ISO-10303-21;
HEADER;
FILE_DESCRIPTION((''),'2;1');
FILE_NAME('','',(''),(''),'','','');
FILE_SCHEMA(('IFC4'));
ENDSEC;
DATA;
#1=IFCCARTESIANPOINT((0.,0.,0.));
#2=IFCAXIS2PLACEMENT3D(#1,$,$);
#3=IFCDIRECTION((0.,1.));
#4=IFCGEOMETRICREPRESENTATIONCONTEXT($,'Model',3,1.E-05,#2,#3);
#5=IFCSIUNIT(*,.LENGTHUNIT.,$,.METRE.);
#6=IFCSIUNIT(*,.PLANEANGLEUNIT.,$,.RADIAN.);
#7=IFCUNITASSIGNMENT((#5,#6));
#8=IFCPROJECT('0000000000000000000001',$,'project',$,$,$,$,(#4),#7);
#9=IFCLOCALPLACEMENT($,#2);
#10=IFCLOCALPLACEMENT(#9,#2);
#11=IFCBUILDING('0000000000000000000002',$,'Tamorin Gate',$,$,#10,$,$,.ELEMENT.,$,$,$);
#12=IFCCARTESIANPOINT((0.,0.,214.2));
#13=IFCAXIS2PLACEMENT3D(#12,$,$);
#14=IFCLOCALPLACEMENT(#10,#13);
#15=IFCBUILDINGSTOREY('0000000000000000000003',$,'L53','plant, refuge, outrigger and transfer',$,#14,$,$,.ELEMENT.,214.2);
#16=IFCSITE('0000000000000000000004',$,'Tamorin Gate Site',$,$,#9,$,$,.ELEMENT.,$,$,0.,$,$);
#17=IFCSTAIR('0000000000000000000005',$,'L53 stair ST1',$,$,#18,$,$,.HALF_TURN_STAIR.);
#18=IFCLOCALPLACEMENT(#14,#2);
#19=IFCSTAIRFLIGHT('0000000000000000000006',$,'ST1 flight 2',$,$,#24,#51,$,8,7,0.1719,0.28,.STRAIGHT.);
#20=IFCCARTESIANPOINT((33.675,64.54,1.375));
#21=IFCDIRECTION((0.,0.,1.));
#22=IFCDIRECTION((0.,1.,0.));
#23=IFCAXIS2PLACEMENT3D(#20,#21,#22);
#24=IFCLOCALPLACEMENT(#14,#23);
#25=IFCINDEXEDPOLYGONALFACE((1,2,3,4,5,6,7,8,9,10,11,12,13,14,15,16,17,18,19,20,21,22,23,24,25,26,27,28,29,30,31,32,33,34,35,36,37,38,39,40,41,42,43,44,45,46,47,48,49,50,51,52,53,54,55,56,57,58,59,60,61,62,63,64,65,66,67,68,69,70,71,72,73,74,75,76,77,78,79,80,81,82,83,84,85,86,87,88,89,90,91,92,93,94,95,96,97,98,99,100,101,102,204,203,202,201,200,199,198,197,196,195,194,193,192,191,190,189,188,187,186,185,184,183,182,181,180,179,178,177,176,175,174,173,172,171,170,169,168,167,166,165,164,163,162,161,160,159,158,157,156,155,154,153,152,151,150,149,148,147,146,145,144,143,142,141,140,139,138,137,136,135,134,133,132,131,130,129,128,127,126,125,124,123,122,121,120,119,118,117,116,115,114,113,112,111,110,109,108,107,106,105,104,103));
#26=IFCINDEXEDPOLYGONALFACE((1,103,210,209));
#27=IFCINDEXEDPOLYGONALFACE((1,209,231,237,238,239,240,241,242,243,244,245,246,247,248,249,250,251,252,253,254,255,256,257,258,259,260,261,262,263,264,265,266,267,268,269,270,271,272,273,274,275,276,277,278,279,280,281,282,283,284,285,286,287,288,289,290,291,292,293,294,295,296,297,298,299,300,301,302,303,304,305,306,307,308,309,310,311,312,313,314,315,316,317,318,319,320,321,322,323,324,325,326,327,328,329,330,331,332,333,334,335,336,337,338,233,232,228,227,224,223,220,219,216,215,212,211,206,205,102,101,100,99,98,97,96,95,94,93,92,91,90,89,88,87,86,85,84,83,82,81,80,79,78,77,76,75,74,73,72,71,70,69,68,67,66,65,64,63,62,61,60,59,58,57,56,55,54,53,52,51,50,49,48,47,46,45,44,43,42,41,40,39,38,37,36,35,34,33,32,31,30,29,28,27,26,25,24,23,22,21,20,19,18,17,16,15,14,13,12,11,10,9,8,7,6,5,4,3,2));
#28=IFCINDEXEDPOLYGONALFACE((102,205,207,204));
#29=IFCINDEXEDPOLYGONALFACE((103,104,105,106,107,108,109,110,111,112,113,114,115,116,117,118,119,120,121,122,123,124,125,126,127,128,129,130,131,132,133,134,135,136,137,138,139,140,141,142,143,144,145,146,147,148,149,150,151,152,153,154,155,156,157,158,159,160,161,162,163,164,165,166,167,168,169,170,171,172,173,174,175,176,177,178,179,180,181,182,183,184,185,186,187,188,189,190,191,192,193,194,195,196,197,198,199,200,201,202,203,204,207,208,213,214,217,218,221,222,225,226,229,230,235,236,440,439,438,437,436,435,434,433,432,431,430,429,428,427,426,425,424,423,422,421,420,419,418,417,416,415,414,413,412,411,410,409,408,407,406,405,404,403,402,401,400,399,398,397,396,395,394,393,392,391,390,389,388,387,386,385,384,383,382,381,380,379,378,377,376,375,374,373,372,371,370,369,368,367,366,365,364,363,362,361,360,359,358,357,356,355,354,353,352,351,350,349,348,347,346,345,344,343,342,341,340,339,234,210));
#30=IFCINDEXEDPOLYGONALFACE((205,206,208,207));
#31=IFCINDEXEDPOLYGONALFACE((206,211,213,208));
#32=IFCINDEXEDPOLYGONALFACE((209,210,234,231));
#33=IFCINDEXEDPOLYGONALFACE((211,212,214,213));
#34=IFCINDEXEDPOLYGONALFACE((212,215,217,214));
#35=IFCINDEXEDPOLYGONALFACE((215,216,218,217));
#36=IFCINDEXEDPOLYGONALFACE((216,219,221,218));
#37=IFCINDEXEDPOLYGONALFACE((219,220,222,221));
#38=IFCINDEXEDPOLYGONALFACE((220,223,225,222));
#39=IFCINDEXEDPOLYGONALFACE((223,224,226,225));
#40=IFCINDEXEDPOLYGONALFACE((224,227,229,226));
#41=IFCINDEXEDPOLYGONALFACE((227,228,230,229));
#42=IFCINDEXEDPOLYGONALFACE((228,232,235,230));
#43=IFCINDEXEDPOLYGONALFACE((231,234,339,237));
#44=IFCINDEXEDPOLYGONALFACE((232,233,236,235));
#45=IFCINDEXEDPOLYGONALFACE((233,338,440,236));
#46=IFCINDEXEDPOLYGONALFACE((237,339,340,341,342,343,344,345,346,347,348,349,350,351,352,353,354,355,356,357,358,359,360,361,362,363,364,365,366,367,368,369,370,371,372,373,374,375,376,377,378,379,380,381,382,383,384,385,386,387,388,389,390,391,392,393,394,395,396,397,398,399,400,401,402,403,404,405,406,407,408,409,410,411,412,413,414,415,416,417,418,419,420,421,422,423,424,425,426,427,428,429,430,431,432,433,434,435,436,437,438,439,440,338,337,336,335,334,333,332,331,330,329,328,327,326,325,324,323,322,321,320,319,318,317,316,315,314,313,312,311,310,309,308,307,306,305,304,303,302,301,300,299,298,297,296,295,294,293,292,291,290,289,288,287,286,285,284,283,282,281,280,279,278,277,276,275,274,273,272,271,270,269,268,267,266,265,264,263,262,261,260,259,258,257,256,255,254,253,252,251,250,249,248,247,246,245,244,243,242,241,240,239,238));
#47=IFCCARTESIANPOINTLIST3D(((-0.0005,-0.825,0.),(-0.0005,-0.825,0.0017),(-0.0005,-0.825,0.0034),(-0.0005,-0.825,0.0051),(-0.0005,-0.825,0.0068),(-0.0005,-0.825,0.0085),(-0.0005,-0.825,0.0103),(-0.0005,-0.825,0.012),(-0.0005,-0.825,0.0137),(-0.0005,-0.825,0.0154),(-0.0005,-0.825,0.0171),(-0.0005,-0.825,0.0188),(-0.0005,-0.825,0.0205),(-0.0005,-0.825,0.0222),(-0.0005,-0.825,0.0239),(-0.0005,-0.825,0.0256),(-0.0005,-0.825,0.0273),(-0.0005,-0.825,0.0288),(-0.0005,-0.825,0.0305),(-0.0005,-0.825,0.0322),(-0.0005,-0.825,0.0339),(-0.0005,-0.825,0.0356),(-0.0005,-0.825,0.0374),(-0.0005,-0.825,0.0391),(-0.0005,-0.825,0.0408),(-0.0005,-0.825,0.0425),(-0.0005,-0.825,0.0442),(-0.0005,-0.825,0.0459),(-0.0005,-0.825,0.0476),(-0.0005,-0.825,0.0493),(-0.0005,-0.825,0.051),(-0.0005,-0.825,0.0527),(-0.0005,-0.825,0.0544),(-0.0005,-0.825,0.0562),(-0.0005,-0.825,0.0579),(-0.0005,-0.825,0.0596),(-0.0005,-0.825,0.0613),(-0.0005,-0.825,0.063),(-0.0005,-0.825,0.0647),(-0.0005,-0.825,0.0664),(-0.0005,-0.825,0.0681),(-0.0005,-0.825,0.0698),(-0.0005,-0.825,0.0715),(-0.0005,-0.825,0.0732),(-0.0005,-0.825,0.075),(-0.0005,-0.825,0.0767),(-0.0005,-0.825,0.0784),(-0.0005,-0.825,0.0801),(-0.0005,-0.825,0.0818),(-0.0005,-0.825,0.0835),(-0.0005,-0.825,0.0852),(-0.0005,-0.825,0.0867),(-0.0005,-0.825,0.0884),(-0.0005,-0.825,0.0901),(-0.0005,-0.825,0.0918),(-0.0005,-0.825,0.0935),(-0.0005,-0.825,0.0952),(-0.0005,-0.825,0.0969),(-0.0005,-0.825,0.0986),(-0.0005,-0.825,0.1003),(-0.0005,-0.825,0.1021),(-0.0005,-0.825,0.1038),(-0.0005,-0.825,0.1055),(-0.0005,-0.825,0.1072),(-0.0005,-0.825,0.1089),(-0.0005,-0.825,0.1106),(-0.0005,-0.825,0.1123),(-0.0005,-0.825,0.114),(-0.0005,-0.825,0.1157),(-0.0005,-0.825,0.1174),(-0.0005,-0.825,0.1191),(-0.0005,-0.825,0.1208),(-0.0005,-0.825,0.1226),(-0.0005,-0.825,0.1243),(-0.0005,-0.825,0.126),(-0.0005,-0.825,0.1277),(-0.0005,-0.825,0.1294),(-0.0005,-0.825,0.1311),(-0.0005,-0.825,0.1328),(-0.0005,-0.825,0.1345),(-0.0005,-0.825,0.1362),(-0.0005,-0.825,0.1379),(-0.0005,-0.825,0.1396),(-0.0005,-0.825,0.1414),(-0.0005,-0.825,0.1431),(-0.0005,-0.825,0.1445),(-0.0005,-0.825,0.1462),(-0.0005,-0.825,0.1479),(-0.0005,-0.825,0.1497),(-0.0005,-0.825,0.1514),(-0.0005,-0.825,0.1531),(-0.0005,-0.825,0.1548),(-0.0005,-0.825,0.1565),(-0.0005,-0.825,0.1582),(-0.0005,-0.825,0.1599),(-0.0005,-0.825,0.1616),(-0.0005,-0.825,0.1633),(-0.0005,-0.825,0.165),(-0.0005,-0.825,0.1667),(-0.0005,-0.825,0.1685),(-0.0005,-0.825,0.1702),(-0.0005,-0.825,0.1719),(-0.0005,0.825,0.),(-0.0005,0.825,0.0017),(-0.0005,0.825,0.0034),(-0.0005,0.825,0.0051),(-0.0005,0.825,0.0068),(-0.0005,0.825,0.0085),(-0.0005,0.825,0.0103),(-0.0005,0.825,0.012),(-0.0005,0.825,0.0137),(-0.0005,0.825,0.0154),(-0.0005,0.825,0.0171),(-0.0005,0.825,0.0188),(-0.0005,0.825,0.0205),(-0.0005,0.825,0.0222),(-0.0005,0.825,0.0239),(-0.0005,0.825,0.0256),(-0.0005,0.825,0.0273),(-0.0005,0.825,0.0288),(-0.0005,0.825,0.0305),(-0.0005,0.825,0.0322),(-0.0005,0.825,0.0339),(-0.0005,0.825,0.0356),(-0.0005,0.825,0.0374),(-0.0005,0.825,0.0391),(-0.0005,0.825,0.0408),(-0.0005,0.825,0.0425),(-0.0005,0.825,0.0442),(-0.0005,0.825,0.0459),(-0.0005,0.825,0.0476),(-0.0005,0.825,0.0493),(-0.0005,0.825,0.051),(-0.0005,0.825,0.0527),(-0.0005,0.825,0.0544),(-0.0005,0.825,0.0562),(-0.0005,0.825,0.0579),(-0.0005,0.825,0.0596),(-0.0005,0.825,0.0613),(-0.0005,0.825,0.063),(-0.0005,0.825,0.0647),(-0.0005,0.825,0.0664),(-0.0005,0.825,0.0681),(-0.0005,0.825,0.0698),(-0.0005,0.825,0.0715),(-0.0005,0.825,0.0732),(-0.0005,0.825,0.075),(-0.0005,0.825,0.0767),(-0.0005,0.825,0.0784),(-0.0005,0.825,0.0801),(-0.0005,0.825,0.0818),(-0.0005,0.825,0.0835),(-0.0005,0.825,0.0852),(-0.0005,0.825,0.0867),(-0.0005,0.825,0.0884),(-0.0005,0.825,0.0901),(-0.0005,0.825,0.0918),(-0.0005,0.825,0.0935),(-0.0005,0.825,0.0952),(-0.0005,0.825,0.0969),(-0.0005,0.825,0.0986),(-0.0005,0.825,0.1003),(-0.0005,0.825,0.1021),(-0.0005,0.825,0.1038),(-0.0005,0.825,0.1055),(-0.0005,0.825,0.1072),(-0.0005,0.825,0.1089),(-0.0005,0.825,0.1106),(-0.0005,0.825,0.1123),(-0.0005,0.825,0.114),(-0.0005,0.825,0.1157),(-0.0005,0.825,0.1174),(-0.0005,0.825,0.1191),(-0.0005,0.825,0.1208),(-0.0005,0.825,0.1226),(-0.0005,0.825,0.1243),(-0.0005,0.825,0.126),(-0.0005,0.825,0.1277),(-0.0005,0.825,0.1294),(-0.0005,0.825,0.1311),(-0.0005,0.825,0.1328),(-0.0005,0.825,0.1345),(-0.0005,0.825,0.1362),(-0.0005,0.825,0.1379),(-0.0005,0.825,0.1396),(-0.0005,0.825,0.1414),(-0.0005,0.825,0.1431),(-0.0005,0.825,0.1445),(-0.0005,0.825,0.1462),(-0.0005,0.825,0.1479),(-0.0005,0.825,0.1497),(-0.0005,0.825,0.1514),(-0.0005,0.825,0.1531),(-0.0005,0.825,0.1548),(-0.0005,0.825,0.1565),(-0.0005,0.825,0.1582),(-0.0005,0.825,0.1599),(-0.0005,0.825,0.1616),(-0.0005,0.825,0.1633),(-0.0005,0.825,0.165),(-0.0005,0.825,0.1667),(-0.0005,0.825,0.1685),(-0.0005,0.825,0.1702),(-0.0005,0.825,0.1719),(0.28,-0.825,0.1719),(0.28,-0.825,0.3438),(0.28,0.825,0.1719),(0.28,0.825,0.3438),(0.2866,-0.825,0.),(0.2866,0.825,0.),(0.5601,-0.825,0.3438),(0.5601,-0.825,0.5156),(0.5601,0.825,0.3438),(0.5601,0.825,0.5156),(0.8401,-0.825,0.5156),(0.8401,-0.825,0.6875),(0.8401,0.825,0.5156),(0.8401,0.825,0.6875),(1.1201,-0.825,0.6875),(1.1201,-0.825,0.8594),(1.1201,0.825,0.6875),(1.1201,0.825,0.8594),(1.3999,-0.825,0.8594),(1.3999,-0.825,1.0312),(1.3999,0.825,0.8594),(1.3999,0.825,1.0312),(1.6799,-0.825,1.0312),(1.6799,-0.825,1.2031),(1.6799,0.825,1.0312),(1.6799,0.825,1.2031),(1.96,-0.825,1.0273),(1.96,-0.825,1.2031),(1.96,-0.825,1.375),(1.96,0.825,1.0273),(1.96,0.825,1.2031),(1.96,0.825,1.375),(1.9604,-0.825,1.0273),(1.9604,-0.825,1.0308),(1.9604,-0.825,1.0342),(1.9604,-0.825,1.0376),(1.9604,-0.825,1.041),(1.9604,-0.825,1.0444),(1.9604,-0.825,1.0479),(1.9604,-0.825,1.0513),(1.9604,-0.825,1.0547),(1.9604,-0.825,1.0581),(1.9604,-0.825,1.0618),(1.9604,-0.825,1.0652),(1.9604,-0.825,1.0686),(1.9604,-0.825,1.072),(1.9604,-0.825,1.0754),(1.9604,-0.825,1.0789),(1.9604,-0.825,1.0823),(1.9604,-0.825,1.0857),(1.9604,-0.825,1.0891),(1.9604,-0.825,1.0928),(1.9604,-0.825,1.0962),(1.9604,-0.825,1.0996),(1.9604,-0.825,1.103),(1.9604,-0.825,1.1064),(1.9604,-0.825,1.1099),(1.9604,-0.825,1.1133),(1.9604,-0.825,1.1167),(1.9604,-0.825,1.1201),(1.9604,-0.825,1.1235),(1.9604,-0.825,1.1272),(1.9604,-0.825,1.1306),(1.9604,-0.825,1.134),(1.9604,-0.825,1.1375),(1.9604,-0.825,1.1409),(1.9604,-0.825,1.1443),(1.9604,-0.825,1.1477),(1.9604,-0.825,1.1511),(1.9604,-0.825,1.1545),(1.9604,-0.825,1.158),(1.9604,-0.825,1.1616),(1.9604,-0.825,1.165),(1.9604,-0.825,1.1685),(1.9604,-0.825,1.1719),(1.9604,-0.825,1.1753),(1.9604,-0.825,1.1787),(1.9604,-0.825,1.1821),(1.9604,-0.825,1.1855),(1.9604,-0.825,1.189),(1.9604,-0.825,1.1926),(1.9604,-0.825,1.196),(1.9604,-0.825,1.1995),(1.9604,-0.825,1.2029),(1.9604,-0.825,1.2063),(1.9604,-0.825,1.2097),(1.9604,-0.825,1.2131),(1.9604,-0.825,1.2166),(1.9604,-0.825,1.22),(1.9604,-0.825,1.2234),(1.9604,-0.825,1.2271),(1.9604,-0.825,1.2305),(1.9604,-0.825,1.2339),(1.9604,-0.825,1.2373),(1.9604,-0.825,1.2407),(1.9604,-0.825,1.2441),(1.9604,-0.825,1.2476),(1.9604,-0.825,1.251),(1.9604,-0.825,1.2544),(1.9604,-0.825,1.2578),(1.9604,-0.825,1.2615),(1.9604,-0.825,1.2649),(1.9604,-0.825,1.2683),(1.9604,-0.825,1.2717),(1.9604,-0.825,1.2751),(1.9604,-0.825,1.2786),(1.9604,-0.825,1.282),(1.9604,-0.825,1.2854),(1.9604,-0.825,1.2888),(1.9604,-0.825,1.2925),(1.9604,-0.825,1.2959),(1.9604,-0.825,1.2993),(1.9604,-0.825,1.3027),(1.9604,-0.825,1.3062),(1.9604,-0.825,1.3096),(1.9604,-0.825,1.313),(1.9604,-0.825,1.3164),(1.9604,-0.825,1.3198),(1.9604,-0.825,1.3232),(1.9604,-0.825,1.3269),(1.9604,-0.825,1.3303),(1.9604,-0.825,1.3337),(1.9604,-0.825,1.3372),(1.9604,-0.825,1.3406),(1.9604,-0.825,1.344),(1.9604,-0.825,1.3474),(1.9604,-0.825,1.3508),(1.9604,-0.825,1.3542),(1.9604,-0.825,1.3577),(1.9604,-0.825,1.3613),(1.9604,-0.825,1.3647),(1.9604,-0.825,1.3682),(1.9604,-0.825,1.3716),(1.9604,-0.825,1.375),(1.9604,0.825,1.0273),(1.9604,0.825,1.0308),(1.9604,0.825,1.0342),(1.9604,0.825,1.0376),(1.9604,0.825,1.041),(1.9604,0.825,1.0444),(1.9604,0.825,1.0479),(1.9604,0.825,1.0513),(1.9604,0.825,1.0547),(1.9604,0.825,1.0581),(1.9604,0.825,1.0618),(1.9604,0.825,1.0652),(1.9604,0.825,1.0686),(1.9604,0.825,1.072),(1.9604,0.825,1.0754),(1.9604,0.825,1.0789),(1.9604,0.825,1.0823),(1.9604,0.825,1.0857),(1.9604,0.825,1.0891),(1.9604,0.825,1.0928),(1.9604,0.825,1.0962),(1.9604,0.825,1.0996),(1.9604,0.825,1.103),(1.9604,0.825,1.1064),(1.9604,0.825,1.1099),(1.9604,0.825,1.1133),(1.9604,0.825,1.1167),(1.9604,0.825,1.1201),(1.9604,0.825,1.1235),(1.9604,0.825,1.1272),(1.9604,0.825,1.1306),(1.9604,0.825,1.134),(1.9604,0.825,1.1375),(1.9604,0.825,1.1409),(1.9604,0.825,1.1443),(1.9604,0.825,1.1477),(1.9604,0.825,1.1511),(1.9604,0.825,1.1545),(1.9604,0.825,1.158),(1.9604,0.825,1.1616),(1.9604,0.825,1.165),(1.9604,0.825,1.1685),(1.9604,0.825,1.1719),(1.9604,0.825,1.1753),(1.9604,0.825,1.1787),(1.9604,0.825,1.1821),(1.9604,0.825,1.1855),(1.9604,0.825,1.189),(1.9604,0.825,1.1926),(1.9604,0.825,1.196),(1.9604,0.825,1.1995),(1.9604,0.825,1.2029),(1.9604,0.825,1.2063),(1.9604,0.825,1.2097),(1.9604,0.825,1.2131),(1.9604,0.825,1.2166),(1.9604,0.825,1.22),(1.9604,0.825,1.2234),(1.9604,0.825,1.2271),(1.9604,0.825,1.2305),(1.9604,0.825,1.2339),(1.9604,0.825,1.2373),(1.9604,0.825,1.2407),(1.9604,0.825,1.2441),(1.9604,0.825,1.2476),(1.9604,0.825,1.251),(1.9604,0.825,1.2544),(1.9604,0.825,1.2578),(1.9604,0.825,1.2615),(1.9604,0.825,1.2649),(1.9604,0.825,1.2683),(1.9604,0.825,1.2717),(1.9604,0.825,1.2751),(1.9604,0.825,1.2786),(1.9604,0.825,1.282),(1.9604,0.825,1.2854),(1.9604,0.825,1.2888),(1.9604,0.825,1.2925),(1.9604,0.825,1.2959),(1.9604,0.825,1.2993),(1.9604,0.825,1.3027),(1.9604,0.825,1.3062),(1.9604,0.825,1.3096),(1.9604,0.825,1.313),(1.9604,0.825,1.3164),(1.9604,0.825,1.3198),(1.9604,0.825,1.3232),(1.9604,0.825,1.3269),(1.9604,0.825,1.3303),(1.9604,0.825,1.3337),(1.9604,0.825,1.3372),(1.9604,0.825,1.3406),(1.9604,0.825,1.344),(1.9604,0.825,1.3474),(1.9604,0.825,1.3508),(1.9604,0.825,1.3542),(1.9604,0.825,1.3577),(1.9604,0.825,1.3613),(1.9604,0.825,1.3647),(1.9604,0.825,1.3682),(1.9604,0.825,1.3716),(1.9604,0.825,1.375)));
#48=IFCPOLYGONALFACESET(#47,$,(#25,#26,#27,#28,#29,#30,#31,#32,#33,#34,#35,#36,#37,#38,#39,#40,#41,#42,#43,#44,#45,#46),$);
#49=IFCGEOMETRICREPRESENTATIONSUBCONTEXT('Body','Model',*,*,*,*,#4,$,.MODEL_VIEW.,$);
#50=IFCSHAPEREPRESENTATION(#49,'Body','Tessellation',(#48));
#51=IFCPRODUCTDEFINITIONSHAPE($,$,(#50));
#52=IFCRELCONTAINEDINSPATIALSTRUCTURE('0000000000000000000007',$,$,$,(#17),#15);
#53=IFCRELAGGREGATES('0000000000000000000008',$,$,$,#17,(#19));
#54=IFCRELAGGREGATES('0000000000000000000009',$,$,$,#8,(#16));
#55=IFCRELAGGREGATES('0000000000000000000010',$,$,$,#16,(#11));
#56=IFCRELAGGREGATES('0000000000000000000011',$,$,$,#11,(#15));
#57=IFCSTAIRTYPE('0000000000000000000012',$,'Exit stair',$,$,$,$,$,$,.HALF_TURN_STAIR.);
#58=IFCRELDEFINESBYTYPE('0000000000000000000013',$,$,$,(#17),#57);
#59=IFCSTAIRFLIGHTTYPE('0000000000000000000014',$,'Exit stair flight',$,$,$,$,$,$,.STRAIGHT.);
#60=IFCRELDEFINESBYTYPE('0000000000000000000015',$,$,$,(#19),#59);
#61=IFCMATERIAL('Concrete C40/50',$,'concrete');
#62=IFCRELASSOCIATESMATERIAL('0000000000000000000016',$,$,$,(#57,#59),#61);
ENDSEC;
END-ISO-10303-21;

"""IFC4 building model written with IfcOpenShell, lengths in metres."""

from ifc_helpers import new_model, si_unit, direction, frame, origin, place, context, subcontext, project, spatial, polyline, outline, extrude, material, type_object, element, aggregate, save


model = new_model("IFC4")

# Units and contexts
model_context = context("Model", 3, precision=1e-05, world=origin(), true_north=direction((0.0, 1.0)))
body_context = subcontext(model_context, "Body", "Model", "MODEL_VIEW")
ifc_project = project(units=[si_unit("LENGTHUNIT", "METRE"), si_unit("PLANEANGLEUNIT", "RADIAN")], contexts=[model_context])

# Site, building, storey
site_placement = place(None, origin())
site = spatial("IfcSite", under=ifc_project, at=site_placement, Name="Tamorin Gate Site", CompositionType="ELEMENT", RefElevation=0.0)
building_placement = place(site_placement, origin())
building = spatial("IfcBuilding", under=site, at=building_placement, Name="Tamorin Gate", CompositionType="ELEMENT")
storey_placement = place(building_placement, frame((0.0, 0.0, 214.2)))
storey = spatial("IfcBuildingStorey", under=building, at=storey_placement, Name="L53", Description="plant, refuge, outrigger and transfer", CompositionType="ELEMENT", Elevation=214.2)

# Stair, stair flight
ifc_material_1 = material(Name="Concrete C40/50", Category="concrete")
stair_type = type_object("IfcStairType", Name="Exit stair", PredefinedType="HALF_TURN_STAIR", material=ifc_material_1)
stair_placement = place(storey_placement, origin())
stair = element("IfcStair", 1, at=stair_placement, inside=storey, type_object=stair_type, Name="L53 stair ST1", PredefinedType="HALF_TURN_STAIR")
stair_flight_type = type_object("IfcStairFlightType", Name="Exit stair flight", PredefinedType="STRAIGHT", material=ifc_material_1)
stair_flight_1_placement = place(storey_placement, frame((33.675, 64.54, 1.375), z_axis=(0.0, 0.0, 1.0), x_axis=(0.0, 1.0, 0.0)))
stair_flight_1 = element("IfcStairFlight", 2, at=stair_flight_1_placement, type_object=stair_flight_type, Name="ST1 flight 2", NumberOfRisers=8, NumberOfTreads=7, PredefinedType="STRAIGHT", RiserHeight=0.1719, TreadLength=0.28, context=body_context, shape_type="SweptSolid", body=[
    extrude(outline(polyline([(-0.0005, 0.0), (-0.0005, 0.0017), (-0.0005, 0.0034), (-0.0005, 0.0051), (-0.0005, 0.0068), (-0.0005, 0.0085), (-0.0005, 0.0103), (-0.0005, 0.012), (-0.0005, 0.0137), (-0.0005, 0.0154), (-0.0005, 0.0171), (-0.0005, 0.0188), (-0.0005, 0.0205), (-0.0005, 0.0222), (-0.0005, 0.0239), (-0.0005, 0.0256), (-0.0005, 0.0273), (-0.0005, 0.0288), (-0.0005, 0.0305), (-0.0005, 0.0322), (-0.0005, 0.0339), (-0.0005, 0.0356), (-0.0005, 0.0374), (-0.0005, 0.0391), (-0.0005, 0.0408), (-0.0005, 0.0425), (-0.0005, 0.0442), (-0.0005, 0.0459), (-0.0005, 0.0476), (-0.0005, 0.0493), (-0.0005, 0.051), (-0.0005, 0.0527), (-0.0005, 0.0544), (-0.0005, 0.0562), (-0.0005, 0.0579), (-0.0005, 0.0596), (-0.0005, 0.0613), (-0.0005, 0.063), (-0.0005, 0.0647), (-0.0005, 0.0664), (-0.0005, 0.0681), (-0.0005, 0.0698), (-0.0005, 0.0715), (-0.0005, 0.0732), (-0.0005, 0.075), (-0.0005, 0.0767), (-0.0005, 0.0784), (-0.0005, 0.0801), (-0.0005, 0.0818), (-0.0005, 0.0835), (-0.0005, 0.0852), (-0.0005, 0.0867), (-0.0005, 0.0884), (-0.0005, 0.0901), (-0.0005, 0.0918), (-0.0005, 0.0935), (-0.0005, 0.0952), (-0.0005, 0.0969), (-0.0005, 0.0986), (-0.0005, 0.1003), (-0.0005, 0.1021), (-0.0005, 0.1038), (-0.0005, 0.1055), (-0.0005, 0.1072), (-0.0005, 0.1089), (-0.0005, 0.1106), (-0.0005, 0.1123), (-0.0005, 0.114), (-0.0005, 0.1157), (-0.0005, 0.1174), (-0.0005, 0.1191), (-0.0005, 0.1208), (-0.0005, 0.1226), (-0.0005, 0.1243), (-0.0005, 0.126), (-0.0005, 0.1277), (-0.0005, 0.1294), (-0.0005, 0.1311), (-0.0005, 0.1328), (-0.0005, 0.1345), (-0.0005, 0.1362), (-0.0005, 0.1379), (-0.0005, 0.1396), (-0.0005, 0.1414), (-0.0005, 0.1431), (-0.0005, 0.1445), (-0.0005, 0.1462), (-0.0005, 0.1479), (-0.0005, 0.1497), (-0.0005, 0.1514), (-0.0005, 0.1531), (-0.0005, 0.1548), (-0.0005, 0.1565), (-0.0005, 0.1582), (-0.0005, 0.1599), (-0.0005, 0.1616), (-0.0005, 0.1633), (-0.0005, 0.165), (-0.0005, 0.1667), (-0.0005, 0.1685), (-0.0005, 0.1702), (-0.0005, 0.1719), (0.28, 0.1719), (0.28, 0.3438), (0.5601, 0.3438), (0.5601, 0.5156), (0.8401, 0.5156), (0.8401, 0.6875), (1.1201, 0.6875), (1.1201, 0.8594), (1.3999, 0.8594), (1.3999, 1.0312), (1.6799, 1.0312), (1.6799, 1.2031), (1.96, 1.2031), (1.96, 1.375), (1.9604, 1.375), (1.9604, 1.3716), (1.9604, 1.3682), (1.9604, 1.3647), (1.9604, 1.3613), (1.9604, 1.3577), (1.9604, 1.3542), (1.9604, 1.3508), (1.9604, 1.3474), (1.9604, 1.344), (1.9604, 1.3406), (1.9604, 1.3372), (1.9604, 1.3337), (1.9604, 1.3303), (1.9604, 1.3269), (1.9604, 1.3232), (1.9604, 1.3198), (1.9604, 1.3164), (1.9604, 1.313), (1.9604, 1.3096), (1.9604, 1.3062), (1.9604, 1.3027), (1.9604, 1.2993), (1.9604, 1.2959), (1.9604, 1.2925), (1.9604, 1.2888), (1.9604, 1.2854), (1.9604, 1.282), (1.9604, 1.2786), (1.9604, 1.2751), (1.9604, 1.2717), (1.9604, 1.2683), (1.9604, 1.2649), (1.9604, 1.2615), (1.9604, 1.2578), (1.9604, 1.2544), (1.9604, 1.251), (1.9604, 1.2476), (1.9604, 1.2441), (1.9604, 1.2407), (1.9604, 1.2373), (1.9604, 1.2339), (1.9604, 1.2305), (1.9604, 1.2271), (1.9604, 1.2234), (1.9604, 1.22), (1.9604, 1.2166), (1.9604, 1.2131), (1.9604, 1.2097), (1.9604, 1.2063), (1.9604, 1.2029), (1.9604, 1.1995), (1.9604, 1.196), (1.9604, 1.1926), (1.9604, 1.189), (1.9604, 1.1855), (1.9604, 1.1821), (1.9604, 1.1787), (1.9604, 1.1753), (1.9604, 1.1719), (1.9604, 1.1685), (1.9604, 1.165), (1.9604, 1.1616), (1.9604, 1.158), (1.9604, 1.1545), (1.9604, 1.1511), (1.9604, 1.1477), (1.9604, 1.1443), (1.9604, 1.1409), (1.9604, 1.1375), (1.9604, 1.134), (1.9604, 1.1306), (1.9604, 1.1272), (1.9604, 1.1235), (1.9604, 1.1201), (1.9604, 1.1167), (1.9604, 1.1133), (1.9604, 1.1099), (1.9604, 1.1064), (1.9604, 1.103), (1.9604, 1.0996), (1.9604, 1.0962), (1.9604, 1.0928), (1.9604, 1.0891), (1.9604, 1.0857), (1.9604, 1.0823), (1.9604, 1.0789), (1.9604, 1.0754), (1.9604, 1.072), (1.9604, 1.0686), (1.9604, 1.0652), (1.9604, 1.0618), (1.9604, 1.0581), (1.9604, 1.0547), (1.9604, 1.0513), (1.9604, 1.0479), (1.9604, 1.0444), (1.9604, 1.041), (1.9604, 1.0376), (1.9604, 1.0342), (1.9604, 1.0308), (1.9604, 1.0273), (1.96, 1.0273), (0.2866, 0.0), (-0.0005, 0.0)])), frame((0.0, 0.825, 0.0), z_axis=(0.0, -1.0, 0.0), x_axis=(1.0, 0.0, 0.0)), (0.0, 0.0, 1.0), 1.6499),
])
aggregate(stair, [stair_flight_1])

save(model, "model.ifc")
